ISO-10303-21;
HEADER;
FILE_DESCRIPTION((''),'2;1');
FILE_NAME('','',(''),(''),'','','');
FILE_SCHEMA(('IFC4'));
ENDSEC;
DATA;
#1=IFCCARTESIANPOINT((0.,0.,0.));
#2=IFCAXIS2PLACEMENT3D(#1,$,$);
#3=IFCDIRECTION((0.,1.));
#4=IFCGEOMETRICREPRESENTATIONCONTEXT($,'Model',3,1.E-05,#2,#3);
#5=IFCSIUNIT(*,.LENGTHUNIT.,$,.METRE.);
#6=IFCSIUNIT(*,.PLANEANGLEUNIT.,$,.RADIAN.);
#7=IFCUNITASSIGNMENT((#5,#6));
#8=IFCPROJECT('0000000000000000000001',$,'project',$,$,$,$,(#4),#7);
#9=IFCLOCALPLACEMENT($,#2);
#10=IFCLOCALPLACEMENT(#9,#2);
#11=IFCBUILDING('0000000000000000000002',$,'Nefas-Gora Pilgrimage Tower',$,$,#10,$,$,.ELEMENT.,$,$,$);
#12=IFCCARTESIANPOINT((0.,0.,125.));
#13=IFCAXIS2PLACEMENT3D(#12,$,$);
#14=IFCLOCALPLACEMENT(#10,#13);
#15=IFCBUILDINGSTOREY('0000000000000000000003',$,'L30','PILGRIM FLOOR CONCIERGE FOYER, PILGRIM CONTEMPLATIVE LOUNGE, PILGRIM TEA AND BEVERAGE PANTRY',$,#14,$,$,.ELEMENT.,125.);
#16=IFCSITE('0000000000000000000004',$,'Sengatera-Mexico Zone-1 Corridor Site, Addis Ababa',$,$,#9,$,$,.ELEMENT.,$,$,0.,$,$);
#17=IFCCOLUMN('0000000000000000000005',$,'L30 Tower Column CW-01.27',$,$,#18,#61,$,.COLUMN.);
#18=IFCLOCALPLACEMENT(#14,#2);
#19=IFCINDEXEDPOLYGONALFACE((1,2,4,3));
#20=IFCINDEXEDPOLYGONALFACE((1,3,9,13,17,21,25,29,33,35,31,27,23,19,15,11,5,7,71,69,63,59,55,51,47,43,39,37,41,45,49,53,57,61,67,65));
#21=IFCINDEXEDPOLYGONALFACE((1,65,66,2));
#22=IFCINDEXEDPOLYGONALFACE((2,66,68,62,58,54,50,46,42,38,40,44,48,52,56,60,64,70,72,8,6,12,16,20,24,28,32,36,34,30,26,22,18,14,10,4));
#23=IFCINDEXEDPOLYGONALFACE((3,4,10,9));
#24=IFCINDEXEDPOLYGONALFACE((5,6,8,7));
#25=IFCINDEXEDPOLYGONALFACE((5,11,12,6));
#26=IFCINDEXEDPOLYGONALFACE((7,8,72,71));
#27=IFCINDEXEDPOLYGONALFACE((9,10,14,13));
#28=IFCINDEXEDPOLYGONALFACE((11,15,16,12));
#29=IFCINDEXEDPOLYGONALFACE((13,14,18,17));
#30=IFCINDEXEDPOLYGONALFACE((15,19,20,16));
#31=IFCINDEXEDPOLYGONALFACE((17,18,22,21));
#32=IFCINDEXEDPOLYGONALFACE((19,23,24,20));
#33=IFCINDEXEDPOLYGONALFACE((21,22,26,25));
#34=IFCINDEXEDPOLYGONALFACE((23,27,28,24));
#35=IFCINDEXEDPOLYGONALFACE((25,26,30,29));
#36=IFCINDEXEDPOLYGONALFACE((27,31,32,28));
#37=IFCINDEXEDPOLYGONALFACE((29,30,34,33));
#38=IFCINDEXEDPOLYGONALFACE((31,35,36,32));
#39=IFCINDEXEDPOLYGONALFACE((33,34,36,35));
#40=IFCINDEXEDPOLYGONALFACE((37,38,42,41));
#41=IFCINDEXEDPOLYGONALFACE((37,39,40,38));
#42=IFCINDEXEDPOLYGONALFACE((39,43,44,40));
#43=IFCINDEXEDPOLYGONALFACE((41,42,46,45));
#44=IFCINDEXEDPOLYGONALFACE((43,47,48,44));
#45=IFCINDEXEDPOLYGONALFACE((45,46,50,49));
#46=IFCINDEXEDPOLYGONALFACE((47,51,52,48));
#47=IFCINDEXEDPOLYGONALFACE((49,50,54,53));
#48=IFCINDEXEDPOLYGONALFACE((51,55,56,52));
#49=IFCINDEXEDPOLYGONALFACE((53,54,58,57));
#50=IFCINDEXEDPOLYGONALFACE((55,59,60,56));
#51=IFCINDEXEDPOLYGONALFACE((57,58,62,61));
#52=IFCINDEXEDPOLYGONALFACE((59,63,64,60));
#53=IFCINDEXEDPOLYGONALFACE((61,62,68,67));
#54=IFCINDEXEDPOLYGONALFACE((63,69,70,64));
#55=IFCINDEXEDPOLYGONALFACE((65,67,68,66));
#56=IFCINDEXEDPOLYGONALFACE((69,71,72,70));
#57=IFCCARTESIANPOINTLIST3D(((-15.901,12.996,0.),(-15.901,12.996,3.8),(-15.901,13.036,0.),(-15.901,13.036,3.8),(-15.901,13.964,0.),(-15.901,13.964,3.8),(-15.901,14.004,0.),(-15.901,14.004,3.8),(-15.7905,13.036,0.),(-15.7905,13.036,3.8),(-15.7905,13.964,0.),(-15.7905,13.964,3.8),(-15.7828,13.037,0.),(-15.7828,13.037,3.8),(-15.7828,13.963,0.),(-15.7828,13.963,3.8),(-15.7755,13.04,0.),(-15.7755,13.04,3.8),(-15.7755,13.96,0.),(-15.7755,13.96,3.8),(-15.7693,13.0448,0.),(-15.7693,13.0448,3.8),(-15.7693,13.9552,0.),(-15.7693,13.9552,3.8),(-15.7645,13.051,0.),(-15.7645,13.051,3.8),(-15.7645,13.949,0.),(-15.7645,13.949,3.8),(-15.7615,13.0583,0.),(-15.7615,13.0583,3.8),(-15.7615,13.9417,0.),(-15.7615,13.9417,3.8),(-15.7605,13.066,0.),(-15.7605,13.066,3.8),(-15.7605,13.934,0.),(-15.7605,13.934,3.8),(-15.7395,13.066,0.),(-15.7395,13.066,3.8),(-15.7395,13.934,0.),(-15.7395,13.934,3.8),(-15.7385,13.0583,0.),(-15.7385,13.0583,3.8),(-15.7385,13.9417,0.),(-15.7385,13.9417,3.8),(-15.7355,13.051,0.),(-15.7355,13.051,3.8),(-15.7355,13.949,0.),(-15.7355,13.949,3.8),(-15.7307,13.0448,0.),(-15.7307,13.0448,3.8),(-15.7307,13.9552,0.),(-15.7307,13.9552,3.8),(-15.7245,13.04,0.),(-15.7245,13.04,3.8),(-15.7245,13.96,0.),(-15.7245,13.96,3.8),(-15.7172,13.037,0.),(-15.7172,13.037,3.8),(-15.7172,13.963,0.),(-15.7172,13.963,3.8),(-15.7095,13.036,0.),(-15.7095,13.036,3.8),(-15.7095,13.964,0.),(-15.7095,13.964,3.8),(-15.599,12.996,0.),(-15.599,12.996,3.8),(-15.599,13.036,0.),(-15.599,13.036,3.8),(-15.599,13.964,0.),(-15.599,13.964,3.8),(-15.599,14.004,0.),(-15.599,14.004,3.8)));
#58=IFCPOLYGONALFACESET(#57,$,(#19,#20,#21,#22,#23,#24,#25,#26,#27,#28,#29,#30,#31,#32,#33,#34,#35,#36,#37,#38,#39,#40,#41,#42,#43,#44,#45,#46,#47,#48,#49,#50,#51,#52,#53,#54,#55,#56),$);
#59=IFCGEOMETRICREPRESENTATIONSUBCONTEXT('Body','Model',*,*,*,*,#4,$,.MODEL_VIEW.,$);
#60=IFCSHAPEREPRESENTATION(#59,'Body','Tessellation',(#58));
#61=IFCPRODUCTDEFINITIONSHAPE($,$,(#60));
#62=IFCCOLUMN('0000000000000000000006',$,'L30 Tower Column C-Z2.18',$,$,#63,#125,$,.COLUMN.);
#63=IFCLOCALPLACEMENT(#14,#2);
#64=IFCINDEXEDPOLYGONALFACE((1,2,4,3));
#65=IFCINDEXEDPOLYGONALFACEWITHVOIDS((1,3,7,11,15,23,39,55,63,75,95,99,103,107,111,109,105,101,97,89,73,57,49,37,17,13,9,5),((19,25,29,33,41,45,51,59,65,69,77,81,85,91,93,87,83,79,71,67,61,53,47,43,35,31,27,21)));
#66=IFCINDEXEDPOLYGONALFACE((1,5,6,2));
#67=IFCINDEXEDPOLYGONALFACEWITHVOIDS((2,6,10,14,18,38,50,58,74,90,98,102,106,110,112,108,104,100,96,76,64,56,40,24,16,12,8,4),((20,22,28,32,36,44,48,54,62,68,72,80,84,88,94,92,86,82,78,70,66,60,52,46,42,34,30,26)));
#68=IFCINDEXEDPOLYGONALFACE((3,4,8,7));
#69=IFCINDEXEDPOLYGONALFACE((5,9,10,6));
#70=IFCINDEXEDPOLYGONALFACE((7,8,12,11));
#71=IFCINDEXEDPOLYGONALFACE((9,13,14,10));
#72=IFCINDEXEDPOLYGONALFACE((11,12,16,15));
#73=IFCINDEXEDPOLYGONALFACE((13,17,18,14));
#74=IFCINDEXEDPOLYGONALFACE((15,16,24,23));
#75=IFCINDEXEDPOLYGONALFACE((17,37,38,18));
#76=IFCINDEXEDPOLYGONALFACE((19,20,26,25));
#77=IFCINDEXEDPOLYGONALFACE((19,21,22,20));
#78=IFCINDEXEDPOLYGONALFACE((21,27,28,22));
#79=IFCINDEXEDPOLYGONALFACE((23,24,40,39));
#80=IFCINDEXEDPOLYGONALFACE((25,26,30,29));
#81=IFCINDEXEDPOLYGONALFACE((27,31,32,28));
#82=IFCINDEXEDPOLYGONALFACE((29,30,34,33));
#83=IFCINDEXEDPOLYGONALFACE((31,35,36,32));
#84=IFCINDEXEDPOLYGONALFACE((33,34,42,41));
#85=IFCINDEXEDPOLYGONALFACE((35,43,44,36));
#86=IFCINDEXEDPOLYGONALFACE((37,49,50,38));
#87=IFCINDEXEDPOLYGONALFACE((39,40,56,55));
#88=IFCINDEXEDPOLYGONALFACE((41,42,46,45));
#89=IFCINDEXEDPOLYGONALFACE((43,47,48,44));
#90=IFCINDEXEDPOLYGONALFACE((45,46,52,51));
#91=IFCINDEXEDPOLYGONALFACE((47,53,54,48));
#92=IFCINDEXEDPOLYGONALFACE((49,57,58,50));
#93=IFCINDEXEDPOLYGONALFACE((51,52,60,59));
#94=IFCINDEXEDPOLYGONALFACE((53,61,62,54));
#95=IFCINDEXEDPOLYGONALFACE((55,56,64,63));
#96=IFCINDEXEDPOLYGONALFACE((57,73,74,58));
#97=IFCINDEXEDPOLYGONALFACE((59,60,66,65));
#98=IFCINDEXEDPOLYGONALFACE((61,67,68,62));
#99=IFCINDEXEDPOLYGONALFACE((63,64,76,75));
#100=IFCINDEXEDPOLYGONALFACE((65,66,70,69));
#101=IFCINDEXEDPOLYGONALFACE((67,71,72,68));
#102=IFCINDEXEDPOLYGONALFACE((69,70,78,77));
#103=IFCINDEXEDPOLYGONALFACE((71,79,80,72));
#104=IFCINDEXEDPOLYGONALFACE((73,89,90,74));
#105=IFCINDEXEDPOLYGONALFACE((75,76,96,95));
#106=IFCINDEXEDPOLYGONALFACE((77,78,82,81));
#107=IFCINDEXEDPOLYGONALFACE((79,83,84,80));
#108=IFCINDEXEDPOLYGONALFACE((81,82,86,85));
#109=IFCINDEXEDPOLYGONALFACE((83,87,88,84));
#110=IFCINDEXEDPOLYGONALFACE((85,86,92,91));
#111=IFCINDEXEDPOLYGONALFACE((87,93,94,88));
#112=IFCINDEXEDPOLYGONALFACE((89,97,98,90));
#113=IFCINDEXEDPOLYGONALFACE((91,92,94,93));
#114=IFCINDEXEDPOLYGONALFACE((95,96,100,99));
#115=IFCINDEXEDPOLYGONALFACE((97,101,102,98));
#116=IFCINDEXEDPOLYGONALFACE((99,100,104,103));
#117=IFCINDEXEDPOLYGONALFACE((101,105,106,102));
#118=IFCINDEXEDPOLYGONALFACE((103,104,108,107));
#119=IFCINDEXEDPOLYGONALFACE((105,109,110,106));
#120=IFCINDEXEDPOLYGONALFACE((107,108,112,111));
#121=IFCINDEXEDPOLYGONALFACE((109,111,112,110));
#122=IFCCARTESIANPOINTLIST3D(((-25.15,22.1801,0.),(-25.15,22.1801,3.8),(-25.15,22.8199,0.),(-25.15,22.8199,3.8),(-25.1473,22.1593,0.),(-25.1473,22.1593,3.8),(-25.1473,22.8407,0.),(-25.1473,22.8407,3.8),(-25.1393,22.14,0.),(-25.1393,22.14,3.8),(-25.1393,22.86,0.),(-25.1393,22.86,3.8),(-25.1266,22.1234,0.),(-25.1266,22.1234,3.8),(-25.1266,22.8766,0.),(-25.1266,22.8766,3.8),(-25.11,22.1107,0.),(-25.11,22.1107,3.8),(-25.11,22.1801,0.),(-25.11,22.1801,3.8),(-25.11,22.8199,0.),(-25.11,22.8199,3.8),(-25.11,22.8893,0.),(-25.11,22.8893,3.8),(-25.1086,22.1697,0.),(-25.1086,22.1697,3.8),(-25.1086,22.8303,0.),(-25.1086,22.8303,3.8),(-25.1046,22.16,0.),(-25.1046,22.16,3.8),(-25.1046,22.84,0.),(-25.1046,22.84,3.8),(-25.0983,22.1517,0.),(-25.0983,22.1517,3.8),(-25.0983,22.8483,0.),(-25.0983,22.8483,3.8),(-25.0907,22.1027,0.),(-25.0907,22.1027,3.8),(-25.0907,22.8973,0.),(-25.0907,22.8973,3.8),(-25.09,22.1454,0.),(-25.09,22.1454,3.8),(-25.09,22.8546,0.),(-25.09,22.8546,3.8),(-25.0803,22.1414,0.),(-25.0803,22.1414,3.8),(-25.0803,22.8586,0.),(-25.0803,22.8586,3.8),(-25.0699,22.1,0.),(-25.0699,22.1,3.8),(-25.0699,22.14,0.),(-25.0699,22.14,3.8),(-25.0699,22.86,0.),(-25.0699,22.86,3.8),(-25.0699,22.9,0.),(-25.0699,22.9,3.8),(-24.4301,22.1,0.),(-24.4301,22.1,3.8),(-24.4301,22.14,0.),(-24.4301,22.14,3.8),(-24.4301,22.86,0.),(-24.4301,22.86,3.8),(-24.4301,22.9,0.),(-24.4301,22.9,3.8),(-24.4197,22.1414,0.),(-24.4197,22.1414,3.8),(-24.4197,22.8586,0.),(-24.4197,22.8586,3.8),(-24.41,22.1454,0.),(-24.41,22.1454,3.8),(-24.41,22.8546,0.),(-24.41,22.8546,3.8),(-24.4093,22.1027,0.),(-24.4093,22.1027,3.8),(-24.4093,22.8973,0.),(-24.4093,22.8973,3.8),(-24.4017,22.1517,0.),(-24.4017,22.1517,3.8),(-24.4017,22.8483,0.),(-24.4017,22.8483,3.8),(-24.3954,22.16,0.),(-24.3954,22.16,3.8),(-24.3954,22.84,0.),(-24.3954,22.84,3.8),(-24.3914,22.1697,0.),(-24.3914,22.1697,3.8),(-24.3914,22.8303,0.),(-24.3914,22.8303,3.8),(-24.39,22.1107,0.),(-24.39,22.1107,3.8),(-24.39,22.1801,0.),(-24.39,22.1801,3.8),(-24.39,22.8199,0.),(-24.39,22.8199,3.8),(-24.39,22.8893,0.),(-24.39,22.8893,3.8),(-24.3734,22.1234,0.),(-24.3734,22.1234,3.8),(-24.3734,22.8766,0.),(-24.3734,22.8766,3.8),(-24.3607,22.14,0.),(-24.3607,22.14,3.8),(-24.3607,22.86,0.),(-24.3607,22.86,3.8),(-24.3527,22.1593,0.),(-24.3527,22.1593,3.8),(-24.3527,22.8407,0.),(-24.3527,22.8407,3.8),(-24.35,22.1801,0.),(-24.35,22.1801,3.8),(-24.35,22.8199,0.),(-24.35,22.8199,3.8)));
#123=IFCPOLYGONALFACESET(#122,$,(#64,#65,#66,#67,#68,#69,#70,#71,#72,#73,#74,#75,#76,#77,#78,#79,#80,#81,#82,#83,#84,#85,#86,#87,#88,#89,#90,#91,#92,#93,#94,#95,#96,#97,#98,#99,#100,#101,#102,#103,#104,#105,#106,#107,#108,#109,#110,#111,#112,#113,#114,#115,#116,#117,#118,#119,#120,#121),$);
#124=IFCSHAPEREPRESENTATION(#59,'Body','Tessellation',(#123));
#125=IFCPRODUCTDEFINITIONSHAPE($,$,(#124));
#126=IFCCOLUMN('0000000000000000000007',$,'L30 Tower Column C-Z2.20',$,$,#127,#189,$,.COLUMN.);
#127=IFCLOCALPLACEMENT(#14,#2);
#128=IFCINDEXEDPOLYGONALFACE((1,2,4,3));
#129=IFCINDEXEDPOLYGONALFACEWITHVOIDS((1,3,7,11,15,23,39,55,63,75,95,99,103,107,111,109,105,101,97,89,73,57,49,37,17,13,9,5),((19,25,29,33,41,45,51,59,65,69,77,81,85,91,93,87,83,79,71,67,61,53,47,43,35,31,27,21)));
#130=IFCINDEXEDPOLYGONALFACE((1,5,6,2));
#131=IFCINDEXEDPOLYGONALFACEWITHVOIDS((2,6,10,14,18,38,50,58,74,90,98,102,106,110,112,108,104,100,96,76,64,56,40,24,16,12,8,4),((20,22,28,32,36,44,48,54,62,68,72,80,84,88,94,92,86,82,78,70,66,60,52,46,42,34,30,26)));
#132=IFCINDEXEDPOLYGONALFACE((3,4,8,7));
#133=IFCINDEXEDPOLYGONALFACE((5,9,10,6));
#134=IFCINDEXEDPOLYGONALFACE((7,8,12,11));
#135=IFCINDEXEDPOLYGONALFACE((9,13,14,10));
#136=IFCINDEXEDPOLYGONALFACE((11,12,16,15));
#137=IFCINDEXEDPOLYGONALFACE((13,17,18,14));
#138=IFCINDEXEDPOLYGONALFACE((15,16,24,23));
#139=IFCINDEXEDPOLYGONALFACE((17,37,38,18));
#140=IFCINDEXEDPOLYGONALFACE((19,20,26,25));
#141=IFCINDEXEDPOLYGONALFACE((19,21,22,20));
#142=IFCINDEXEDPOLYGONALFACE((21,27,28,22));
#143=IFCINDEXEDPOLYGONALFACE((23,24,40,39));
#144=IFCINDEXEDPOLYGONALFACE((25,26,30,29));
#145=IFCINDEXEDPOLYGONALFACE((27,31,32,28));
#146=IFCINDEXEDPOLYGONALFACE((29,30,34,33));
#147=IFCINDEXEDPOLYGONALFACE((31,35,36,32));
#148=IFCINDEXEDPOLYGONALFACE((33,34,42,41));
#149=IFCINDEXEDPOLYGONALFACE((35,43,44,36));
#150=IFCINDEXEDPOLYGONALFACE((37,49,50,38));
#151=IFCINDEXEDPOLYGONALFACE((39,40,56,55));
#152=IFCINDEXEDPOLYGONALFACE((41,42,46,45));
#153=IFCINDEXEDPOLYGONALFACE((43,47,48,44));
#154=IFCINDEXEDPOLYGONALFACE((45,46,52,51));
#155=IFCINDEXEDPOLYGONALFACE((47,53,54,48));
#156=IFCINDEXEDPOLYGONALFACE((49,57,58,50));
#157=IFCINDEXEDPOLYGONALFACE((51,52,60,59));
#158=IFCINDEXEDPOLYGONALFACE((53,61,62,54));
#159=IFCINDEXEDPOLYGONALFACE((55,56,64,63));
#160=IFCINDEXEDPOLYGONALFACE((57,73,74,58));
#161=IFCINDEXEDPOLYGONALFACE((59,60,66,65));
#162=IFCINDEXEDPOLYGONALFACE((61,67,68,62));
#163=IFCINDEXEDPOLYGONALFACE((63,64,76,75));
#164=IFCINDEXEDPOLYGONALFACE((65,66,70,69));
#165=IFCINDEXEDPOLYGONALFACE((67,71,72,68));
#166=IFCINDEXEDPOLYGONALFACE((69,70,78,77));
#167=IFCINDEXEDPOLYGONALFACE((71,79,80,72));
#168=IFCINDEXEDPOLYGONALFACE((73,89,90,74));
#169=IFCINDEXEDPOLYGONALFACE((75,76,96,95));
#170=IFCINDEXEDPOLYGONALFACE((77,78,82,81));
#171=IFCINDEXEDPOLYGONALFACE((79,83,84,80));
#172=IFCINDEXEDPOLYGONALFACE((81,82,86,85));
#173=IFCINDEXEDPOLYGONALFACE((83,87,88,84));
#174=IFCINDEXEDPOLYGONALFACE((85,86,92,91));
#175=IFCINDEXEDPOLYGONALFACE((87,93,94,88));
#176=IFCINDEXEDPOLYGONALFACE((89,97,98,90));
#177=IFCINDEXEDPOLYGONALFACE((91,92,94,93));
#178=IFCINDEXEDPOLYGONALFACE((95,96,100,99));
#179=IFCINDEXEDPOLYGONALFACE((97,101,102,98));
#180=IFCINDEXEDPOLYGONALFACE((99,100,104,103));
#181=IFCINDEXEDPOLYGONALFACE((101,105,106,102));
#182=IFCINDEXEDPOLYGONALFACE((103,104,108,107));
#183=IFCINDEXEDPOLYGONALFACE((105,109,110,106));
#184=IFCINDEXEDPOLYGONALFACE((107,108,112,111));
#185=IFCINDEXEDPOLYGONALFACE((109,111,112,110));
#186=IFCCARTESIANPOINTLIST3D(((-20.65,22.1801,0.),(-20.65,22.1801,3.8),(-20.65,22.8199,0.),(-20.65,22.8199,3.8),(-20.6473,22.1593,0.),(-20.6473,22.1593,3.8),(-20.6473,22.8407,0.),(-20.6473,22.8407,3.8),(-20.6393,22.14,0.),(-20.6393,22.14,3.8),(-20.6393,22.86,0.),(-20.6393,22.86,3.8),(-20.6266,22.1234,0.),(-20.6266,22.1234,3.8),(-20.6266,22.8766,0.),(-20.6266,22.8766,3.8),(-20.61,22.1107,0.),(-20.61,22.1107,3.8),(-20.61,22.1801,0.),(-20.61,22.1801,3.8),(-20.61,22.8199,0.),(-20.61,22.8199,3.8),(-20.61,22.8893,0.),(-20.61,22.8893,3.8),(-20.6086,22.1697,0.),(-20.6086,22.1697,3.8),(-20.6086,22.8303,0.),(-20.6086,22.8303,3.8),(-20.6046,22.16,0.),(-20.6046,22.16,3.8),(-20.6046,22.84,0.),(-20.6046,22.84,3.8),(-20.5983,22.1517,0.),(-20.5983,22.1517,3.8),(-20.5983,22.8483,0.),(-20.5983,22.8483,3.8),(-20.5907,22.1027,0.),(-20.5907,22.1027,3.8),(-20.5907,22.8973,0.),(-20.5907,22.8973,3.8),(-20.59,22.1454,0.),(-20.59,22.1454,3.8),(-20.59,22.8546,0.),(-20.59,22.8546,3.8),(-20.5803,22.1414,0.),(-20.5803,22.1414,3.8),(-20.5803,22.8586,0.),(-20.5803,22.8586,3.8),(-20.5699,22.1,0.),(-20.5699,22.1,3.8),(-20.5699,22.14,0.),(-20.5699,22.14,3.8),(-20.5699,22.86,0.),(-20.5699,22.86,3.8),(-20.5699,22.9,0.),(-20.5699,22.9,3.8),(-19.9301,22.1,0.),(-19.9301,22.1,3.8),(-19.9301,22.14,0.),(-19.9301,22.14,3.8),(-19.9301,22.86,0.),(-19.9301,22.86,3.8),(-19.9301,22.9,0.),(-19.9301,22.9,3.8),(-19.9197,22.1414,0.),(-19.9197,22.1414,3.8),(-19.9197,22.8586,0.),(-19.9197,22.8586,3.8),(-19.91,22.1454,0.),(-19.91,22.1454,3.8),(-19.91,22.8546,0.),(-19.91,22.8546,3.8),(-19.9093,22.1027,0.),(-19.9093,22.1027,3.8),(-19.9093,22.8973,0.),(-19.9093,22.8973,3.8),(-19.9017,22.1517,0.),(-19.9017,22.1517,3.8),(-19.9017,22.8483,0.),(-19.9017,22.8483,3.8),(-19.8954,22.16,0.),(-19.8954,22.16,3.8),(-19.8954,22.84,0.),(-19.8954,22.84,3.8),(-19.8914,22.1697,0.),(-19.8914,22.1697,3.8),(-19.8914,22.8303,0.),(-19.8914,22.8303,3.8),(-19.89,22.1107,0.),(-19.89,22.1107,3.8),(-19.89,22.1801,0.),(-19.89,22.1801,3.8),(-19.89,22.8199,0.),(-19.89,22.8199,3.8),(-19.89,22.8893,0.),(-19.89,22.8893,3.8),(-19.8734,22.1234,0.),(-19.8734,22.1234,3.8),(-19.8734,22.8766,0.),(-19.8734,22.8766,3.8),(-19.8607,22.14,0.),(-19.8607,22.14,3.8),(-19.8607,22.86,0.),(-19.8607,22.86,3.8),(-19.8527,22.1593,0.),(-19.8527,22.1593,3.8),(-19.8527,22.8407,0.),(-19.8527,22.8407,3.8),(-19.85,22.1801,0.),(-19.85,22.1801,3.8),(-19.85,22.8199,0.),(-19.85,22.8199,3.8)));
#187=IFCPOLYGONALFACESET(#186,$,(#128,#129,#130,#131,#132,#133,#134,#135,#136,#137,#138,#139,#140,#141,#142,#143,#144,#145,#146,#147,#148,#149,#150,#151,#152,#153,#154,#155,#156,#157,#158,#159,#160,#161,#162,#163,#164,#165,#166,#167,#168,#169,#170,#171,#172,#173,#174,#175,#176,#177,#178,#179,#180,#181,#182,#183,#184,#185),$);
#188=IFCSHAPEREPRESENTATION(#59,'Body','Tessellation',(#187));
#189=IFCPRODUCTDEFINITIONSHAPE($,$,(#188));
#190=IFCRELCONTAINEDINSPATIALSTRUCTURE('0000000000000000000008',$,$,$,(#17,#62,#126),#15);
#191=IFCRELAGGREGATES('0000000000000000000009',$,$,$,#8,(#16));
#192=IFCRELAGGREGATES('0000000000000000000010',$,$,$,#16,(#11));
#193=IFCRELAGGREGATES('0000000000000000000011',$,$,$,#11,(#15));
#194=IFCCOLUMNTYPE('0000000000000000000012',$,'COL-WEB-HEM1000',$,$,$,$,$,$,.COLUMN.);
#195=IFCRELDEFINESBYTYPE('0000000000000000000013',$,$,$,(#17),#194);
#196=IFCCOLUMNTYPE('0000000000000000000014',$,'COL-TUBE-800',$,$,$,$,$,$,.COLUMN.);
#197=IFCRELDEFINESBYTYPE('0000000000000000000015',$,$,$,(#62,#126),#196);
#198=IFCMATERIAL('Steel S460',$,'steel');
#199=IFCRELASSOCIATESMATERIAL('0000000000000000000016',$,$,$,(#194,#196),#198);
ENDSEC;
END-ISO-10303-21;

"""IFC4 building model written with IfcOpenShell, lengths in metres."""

from ifc_helpers import new_model, si_unit, direction, frame, origin, origin_2d, place, context, subcontext, project, spatial, hollow_rectangle, i_section, extrude, source, transform, mapped, material, material_profile, profile_set, type_object, element, save


model = new_model("IFC4")

# Units and contexts
model_context = context("Model", 3, precision=1e-05, world=origin(), true_north=direction((0.0, 1.0)))
body_context = subcontext(model_context, "Body", "Model", "MODEL_VIEW")
ifc_project = project(units=[si_unit("LENGTHUNIT", "METRE"), si_unit("PLANEANGLEUNIT", "RADIAN")], contexts=[model_context])

# Site, building, storey
site_placement = place(None, origin())
site = spatial("IfcSite", under=ifc_project, at=site_placement, Name="Sengatera-Mexico Zone-1 Corridor Site, Addis Ababa", CompositionType="ELEMENT", RefElevation=0.0)
building_placement = place(site_placement, origin())
building = spatial("IfcBuilding", under=site, at=building_placement, Name="Nefas-Gora Pilgrimage Tower", CompositionType="ELEMENT")
storey_placement = place(building_placement, frame((0.0, 0.0, 125.0)))
storey = spatial("IfcBuildingStorey", under=building, at=storey_placement, Name="L30", Description="PILGRIM FLOOR CONCIERGE FOYER, PILGRIM CONTEMPLATIVE LOUNGE, PILGRIM TEA AND BEVERAGE PANTRY", CompositionType="ELEMENT", Elevation=125.0)

# Columns
ifc_material_1 = material(Name="Steel S460", Category="steel")
ifc_material_profile_1 = material_profile(ifc_material_1, i_section(OverallWidth=0.302, OverallDepth=1.0081, WebThickness=0.021, FlangeThickness=0.04, FilletRadius=0.03, at=origin_2d()), Name="HEM 1000")
ifc_profile_set_1 = profile_set([ifc_material_profile_1], Name="Steel S460")
column_type_1 = type_object("IfcColumnType", Name="COL-WEB-HEM1000", PredefinedType="COLUMN", material=ifc_profile_set_1)
shared_shape_1 = source(origin(), body_context, "Body", "SweptSolid", [
    extrude(i_section(OverallWidth=0.302, OverallDepth=1.0081, WebThickness=0.021, FlangeThickness=0.04, FilletRadius=0.03, at=origin_2d()), origin(), (0.0, 0.0, 1.0), 3.8),
])
for number, where, z_axis, x_axis, name in (
    (1, (-15.75, 13.5, 0.0), (0.0, 0.0, 1.0), (1.0, 0.0, 0.0), "L30 Tower Column CW-01.27"),
):
    element("IfcColumn", number, at=place(storey_placement, frame(where, z_axis=z_axis, x_axis=x_axis)), inside=storey, type_object=column_type_1, Name=name, PredefinedType="COLUMN", context=body_context, shape_type="MappedRepresentation", body=[
        mapped(shared_shape_1, transform((0.0, 0.0, 0.0), x_axis=(1.0, 0.0, 0.0), y_axis=(0.0, 1.0, 0.0), z_axis=(0.0, 0.0, 1.0), scale=1.0)),
    ])
ifc_material_profile_2 = material_profile(ifc_material_1, hollow_rectangle(XDim=0.8, YDim=0.8, WallThickness=0.04, InnerFilletRadius=0.04, OuterFilletRadius=0.0801, at=origin_2d()), Name="BOX 800x800x40")
ifc_profile_set_2 = profile_set([ifc_material_profile_2], Name="Steel S460")
column_type_2 = type_object("IfcColumnType", Name="COL-TUBE-800", PredefinedType="COLUMN", material=ifc_profile_set_2)
shared_shape_2 = source(origin(), body_context, "Body", "SweptSolid", [
    extrude(hollow_rectangle(XDim=0.8, YDim=0.8, WallThickness=0.04, InnerFilletRadius=0.04, OuterFilletRadius=0.0801, at=origin_2d()), origin(), (0.0, 0.0, 1.0), 3.8),
])
for number, where, z_axis, x_axis, name in (
    (2, (-24.75, 22.5, 0.0), (0.0, 0.0, 1.0), (1.0, 0.0, 0.0), "L30 Tower Column C-Z2.18"),
    (3, (-20.25, 22.5, 0.0), (0.0, 0.0, 1.0), (1.0, 0.0, 0.0), "L30 Tower Column C-Z2.20"),
):
    element("IfcColumn", number, at=place(storey_placement, frame(where, z_axis=z_axis, x_axis=x_axis)), inside=storey, type_object=column_type_2, Name=name, PredefinedType="COLUMN", context=body_context, shape_type="MappedRepresentation", body=[
        mapped(shared_shape_2, transform((0.0, 0.0, 0.0), x_axis=(1.0, 0.0, 0.0), y_axis=(0.0, 1.0, 0.0), z_axis=(0.0, 0.0, 1.0), scale=1.0)),
    ])

save(model, "model.ifc")
